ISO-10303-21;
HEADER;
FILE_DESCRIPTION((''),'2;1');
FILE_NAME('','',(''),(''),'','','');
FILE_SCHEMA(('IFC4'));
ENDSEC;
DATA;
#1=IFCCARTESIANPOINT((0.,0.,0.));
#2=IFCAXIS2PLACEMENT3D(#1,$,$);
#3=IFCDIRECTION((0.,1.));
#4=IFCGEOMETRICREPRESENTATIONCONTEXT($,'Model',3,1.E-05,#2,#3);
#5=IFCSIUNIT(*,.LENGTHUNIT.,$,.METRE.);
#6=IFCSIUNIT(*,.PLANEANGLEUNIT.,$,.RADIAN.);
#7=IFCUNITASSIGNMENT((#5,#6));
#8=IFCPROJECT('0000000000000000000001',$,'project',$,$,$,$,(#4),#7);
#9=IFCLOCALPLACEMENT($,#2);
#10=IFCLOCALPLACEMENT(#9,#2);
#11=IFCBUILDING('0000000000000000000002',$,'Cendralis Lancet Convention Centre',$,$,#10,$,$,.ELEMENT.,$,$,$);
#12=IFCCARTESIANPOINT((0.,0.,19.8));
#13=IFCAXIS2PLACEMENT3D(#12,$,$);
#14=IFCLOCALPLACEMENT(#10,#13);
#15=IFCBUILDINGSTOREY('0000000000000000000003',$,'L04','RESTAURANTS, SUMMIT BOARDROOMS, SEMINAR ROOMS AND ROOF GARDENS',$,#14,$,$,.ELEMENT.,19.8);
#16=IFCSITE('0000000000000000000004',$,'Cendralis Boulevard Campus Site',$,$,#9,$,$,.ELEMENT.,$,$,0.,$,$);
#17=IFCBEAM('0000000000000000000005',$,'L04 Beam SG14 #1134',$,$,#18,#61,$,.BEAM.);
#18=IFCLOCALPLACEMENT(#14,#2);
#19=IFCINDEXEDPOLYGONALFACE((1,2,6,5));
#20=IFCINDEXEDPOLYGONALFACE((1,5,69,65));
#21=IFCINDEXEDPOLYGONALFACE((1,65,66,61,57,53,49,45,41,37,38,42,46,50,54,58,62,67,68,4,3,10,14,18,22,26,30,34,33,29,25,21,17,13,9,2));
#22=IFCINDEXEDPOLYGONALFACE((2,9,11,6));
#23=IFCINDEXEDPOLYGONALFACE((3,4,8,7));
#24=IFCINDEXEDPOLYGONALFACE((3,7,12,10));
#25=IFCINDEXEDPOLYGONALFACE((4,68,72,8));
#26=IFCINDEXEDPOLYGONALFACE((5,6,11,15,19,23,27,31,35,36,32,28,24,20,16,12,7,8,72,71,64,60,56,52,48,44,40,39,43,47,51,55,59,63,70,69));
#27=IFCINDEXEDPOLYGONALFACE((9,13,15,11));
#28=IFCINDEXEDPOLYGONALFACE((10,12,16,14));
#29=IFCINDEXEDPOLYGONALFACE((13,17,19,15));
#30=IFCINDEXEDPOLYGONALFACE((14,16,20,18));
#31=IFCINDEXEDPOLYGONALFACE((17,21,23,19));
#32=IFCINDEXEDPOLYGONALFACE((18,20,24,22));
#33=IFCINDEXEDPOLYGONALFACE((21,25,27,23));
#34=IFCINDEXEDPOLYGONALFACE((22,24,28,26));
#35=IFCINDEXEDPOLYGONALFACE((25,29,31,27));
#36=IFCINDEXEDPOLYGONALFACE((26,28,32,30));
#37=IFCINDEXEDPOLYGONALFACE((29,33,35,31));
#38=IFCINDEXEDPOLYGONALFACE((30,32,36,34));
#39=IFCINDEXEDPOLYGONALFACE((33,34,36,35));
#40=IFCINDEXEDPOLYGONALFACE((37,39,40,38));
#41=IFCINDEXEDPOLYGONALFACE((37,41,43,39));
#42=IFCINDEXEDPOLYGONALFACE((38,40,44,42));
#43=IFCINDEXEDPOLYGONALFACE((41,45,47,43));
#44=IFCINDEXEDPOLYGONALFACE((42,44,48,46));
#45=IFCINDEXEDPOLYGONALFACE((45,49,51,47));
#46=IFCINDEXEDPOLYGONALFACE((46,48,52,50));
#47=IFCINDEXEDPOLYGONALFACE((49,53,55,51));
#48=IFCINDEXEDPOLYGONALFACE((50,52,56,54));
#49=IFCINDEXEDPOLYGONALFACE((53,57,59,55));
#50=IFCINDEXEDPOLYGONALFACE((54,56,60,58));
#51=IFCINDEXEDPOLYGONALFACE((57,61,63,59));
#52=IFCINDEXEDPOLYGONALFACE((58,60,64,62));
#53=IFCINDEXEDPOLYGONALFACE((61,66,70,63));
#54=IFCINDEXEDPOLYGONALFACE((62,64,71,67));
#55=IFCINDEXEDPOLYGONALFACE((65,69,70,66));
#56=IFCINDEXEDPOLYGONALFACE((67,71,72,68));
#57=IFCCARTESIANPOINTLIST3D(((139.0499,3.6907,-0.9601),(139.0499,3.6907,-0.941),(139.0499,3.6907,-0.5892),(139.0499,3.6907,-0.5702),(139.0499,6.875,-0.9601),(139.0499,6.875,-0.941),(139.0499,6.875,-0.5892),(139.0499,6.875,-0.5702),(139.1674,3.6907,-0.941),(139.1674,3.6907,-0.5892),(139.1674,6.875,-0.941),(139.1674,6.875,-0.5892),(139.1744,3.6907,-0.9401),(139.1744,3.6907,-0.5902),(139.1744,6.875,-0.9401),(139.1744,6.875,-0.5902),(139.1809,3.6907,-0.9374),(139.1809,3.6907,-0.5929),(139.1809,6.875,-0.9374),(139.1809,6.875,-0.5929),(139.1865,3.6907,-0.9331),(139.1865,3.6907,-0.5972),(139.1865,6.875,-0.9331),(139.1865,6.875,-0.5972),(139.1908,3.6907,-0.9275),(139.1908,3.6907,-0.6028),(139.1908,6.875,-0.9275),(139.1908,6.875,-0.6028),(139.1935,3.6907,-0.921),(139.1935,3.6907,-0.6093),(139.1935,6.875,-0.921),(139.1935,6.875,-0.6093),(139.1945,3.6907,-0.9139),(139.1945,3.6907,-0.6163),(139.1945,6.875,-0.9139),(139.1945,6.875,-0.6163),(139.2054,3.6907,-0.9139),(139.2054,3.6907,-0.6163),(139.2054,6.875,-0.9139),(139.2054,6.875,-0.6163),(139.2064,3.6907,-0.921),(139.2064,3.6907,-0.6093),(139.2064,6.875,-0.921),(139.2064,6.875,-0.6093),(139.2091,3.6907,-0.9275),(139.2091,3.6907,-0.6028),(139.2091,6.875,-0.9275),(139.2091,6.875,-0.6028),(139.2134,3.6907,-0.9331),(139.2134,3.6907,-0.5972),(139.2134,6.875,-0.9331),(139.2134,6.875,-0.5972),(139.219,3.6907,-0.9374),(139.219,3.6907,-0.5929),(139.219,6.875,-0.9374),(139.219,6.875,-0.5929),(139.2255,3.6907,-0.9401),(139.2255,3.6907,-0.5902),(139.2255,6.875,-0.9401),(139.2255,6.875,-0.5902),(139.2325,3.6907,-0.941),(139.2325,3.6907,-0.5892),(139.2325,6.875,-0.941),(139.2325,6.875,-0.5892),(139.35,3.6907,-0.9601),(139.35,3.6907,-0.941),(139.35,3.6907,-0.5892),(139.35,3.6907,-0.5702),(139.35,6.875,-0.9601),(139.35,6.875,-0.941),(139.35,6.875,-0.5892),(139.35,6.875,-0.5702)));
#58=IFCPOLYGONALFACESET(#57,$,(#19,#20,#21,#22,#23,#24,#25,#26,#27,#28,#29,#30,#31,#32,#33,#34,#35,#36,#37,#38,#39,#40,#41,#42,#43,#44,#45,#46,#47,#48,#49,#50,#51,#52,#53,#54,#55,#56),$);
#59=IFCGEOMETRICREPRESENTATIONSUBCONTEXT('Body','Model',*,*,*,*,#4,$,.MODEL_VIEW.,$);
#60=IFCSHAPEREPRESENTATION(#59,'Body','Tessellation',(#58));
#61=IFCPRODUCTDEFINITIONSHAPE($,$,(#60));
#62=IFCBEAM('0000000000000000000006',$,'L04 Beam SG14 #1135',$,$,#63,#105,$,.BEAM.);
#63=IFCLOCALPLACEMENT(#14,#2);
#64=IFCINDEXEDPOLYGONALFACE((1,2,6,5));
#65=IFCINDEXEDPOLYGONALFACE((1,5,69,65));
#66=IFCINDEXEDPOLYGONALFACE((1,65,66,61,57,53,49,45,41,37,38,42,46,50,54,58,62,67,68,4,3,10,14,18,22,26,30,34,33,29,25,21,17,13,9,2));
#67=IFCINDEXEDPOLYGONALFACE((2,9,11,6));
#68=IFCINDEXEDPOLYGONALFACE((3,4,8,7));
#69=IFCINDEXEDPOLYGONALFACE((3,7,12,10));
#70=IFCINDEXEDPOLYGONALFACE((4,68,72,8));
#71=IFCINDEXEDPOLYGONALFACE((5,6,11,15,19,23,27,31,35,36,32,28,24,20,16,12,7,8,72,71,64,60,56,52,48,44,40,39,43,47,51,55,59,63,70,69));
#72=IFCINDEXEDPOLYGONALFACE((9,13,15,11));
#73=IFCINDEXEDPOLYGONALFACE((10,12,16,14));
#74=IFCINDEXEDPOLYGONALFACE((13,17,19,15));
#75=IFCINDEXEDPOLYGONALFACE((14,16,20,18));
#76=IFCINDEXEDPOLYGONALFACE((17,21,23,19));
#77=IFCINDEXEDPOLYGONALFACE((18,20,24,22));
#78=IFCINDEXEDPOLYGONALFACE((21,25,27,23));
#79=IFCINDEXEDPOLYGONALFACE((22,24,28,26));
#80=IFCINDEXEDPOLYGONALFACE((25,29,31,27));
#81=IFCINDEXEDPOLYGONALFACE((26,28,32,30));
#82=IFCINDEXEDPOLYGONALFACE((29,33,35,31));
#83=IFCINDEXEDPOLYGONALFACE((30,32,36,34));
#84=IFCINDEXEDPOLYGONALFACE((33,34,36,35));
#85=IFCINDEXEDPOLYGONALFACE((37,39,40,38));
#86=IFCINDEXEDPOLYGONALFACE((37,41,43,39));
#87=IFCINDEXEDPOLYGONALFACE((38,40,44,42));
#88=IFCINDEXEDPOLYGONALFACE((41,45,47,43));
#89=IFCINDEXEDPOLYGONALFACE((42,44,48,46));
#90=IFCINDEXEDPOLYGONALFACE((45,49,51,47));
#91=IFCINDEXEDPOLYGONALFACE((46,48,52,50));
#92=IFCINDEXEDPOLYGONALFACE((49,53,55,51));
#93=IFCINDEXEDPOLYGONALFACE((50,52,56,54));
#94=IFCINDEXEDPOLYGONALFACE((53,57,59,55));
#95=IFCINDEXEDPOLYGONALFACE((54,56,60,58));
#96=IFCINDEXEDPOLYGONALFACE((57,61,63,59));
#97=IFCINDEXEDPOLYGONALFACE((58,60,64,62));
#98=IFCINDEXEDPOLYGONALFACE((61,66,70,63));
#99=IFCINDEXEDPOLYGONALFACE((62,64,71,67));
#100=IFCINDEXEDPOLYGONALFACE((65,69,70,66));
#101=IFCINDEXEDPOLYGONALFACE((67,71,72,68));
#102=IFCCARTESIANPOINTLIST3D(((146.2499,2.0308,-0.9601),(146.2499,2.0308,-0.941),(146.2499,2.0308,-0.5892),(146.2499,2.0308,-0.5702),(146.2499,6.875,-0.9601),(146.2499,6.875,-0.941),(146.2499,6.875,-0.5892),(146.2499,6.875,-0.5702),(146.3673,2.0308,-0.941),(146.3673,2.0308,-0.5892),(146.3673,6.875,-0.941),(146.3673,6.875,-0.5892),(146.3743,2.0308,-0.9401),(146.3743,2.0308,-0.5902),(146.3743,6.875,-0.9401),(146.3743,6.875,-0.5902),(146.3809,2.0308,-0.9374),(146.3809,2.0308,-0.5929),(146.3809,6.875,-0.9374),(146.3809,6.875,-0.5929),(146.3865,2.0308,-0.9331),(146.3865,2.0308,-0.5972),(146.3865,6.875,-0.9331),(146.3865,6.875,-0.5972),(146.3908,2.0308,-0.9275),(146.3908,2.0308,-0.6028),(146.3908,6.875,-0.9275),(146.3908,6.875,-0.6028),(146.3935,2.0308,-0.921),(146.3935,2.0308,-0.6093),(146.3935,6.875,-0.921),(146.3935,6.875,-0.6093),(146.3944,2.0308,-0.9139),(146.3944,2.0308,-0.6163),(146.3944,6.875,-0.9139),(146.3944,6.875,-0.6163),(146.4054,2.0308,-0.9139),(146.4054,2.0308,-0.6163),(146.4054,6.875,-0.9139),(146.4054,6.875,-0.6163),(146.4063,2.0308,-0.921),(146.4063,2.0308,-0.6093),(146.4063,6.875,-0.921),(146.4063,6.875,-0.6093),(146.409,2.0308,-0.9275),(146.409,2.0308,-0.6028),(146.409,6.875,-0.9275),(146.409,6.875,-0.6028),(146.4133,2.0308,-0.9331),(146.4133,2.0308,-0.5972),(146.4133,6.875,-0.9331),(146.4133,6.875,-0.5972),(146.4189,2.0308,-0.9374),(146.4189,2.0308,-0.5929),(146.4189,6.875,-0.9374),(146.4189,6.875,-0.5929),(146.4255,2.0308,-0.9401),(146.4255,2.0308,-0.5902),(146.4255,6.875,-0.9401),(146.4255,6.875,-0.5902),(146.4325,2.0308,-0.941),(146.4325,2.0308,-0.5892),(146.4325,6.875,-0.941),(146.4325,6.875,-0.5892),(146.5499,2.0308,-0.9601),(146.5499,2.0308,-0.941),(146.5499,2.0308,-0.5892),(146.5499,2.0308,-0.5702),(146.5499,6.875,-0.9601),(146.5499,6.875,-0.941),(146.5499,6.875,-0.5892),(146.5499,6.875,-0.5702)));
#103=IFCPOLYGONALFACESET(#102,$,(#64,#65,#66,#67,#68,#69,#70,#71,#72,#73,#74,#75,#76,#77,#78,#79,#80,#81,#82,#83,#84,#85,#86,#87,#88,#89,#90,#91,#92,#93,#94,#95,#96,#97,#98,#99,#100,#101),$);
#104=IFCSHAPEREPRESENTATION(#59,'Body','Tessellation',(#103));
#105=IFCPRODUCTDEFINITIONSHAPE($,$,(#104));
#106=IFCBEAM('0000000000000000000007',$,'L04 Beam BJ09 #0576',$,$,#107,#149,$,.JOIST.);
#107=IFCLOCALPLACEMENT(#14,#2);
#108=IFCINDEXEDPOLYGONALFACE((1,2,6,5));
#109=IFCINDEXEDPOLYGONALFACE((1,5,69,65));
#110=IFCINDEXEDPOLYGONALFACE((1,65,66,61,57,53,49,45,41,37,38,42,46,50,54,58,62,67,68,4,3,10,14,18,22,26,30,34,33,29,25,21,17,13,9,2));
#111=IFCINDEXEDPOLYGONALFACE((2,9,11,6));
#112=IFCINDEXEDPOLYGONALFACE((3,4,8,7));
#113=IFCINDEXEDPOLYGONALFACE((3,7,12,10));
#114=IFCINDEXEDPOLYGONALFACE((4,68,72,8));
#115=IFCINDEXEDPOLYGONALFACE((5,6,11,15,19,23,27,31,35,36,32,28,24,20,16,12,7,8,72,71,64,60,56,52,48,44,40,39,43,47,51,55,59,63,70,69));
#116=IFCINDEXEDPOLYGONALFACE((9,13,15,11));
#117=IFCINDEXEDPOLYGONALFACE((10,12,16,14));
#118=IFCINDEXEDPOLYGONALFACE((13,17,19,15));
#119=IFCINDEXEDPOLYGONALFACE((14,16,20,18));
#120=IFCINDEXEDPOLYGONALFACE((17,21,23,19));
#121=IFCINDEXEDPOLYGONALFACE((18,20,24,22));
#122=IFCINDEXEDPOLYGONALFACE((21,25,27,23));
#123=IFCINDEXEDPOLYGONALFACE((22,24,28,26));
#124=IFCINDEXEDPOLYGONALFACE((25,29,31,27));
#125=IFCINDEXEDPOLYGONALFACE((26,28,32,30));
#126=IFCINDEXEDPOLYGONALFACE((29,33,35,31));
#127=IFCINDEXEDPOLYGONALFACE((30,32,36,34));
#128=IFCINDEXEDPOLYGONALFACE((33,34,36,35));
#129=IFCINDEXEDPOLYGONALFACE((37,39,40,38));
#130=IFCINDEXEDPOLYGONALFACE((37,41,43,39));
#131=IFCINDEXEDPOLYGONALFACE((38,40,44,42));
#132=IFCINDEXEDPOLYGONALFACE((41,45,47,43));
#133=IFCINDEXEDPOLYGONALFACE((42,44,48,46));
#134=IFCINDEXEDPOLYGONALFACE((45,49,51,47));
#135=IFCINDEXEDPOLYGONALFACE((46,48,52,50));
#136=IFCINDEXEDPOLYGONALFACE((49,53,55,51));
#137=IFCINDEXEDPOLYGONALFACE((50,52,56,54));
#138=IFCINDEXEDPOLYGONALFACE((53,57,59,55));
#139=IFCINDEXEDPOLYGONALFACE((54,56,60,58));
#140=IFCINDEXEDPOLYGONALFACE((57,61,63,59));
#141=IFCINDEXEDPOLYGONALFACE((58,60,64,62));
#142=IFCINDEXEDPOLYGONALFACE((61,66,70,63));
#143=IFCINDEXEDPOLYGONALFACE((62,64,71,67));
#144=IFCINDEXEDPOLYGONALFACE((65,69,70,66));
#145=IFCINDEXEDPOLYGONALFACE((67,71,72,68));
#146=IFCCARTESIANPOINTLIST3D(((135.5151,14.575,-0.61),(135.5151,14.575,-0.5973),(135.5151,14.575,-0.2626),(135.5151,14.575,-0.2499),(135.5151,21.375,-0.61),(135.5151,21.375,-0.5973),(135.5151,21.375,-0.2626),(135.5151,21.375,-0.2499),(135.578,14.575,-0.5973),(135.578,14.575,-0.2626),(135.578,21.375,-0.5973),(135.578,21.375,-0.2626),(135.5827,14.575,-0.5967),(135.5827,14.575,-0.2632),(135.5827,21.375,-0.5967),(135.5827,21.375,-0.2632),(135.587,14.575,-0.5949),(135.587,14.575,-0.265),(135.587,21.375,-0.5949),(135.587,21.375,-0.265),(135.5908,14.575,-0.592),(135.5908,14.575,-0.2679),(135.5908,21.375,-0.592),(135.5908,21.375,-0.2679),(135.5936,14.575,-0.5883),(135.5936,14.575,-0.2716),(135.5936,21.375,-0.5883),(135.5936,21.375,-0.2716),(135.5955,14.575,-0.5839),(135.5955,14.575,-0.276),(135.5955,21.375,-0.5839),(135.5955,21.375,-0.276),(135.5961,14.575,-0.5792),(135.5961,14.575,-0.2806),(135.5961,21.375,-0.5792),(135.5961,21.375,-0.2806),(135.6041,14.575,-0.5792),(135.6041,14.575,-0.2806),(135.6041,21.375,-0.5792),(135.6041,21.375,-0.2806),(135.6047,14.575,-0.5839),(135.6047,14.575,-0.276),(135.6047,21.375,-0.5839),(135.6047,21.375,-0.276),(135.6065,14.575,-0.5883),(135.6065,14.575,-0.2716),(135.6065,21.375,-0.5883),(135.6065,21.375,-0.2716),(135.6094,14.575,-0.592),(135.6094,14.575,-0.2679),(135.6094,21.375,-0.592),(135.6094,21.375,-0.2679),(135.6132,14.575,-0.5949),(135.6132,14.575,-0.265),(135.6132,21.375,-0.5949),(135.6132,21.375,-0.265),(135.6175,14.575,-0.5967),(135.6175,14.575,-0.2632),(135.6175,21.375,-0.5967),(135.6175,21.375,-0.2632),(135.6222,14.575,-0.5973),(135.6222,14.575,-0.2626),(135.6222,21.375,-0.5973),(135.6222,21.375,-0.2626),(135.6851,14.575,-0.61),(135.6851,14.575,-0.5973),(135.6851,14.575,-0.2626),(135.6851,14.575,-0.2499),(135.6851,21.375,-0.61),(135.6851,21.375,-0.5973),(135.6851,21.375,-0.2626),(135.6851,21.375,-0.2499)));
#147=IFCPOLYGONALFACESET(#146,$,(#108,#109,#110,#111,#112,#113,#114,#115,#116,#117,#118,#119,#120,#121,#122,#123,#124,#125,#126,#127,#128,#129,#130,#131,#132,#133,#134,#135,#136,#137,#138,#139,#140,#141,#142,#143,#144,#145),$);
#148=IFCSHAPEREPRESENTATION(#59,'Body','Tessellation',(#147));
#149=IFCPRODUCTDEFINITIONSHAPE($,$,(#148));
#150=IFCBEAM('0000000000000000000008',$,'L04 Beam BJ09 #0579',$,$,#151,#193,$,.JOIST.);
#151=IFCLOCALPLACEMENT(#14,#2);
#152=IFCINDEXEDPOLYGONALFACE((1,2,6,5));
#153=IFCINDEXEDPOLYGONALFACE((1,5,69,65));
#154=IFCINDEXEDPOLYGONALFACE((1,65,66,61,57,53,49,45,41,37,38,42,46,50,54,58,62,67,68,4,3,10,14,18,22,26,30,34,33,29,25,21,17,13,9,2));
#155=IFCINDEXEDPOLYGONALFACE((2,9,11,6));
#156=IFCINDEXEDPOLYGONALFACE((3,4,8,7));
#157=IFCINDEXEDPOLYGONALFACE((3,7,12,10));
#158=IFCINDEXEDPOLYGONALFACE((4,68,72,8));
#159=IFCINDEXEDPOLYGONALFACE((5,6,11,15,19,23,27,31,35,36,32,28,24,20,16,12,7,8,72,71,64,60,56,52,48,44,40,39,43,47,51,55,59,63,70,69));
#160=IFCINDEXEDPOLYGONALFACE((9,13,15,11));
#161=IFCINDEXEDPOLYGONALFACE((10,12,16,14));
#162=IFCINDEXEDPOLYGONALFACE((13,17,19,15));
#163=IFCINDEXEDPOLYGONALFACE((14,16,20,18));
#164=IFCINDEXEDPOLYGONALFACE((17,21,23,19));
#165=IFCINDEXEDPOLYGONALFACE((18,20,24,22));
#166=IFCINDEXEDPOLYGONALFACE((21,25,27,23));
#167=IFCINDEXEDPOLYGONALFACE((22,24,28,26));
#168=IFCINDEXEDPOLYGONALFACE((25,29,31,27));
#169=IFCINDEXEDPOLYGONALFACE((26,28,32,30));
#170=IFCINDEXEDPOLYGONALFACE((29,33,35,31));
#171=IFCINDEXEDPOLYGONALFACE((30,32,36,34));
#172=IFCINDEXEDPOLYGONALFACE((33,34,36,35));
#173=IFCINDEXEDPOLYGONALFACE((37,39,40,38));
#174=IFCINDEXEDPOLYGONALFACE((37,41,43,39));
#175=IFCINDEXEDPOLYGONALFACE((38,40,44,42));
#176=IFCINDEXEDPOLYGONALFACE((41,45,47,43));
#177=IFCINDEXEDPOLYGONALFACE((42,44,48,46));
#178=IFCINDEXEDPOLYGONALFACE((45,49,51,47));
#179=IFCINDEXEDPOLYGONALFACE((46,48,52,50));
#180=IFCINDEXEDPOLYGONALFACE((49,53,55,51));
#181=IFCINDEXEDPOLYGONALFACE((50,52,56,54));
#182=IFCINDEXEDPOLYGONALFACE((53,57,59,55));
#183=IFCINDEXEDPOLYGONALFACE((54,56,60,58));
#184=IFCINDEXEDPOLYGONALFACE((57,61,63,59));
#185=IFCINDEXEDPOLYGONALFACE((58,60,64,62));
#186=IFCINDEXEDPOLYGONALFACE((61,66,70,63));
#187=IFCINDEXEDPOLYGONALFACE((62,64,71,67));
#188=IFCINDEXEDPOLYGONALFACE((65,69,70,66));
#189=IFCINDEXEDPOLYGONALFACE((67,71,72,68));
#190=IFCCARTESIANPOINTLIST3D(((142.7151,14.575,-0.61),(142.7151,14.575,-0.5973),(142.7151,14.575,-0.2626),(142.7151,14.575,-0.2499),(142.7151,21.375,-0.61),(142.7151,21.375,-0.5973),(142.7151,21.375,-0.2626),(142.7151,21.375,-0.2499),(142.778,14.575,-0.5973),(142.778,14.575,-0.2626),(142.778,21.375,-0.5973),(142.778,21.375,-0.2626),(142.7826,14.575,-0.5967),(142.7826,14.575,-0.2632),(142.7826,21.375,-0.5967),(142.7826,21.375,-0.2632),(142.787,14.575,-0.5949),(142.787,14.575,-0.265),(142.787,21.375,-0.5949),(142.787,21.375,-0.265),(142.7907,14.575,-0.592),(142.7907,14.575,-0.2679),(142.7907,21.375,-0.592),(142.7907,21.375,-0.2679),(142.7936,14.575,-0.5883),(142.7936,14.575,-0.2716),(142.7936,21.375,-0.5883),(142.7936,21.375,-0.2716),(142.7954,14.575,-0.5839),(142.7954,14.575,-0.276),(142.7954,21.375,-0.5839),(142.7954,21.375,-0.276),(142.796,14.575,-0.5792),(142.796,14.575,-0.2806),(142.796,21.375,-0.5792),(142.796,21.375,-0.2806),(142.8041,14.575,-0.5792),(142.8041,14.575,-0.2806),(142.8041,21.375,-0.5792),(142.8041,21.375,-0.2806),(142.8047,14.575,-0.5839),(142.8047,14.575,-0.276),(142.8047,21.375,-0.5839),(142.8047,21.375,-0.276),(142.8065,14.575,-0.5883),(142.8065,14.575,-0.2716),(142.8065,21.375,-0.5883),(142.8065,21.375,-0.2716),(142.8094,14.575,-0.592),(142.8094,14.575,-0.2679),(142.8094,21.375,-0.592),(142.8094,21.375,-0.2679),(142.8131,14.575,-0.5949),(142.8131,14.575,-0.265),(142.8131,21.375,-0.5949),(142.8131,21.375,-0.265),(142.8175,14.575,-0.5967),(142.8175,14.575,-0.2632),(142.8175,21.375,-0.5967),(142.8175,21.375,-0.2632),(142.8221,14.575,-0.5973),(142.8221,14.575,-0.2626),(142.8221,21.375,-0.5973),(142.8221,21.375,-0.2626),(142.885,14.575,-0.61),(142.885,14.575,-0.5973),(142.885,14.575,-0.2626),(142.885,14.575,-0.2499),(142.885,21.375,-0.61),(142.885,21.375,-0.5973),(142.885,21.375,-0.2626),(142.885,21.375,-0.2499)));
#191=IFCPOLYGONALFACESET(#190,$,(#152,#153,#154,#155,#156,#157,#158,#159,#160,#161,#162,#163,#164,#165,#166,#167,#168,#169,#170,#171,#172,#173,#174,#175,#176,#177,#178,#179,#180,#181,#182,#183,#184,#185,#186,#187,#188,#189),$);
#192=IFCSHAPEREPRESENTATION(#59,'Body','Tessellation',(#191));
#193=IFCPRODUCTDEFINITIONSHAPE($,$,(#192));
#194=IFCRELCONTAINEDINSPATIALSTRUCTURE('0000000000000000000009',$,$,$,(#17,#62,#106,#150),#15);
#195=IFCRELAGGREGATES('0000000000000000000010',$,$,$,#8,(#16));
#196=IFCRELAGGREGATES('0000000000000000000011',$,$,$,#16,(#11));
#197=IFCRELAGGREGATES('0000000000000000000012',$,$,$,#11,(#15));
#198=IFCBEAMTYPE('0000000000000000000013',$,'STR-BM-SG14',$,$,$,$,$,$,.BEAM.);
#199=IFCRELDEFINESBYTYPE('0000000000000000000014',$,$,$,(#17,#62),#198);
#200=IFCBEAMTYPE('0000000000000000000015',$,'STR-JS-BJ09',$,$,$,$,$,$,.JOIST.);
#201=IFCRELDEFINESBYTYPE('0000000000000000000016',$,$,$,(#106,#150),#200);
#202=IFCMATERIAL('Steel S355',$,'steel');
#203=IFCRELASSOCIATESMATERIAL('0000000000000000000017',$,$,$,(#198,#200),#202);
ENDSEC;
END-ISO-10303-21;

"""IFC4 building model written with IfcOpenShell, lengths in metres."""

from ifc_helpers import new_model, si_unit, direction, frame, origin, origin_2d, place, context, subcontext, project, spatial, i_section, extrude, material, material_profile, profile_set, type_object, element, save


model = new_model("IFC4")

# Units and contexts
model_context = context("Model", 3, precision=1e-05, world=origin(), true_north=direction((0.0, 1.0)))
body_context = subcontext(model_context, "Body", "Model", "MODEL_VIEW")
ifc_project = project(units=[si_unit("LENGTHUNIT", "METRE"), si_unit("PLANEANGLEUNIT", "RADIAN")], contexts=[model_context])

# Site, building, storey
site_placement = place(None, origin())
site = spatial("IfcSite", under=ifc_project, at=site_placement, Name="Cendralis Boulevard Campus Site", CompositionType="ELEMENT", RefElevation=0.0)
building_placement = place(site_placement, origin())
building = spatial("IfcBuilding", under=site, at=building_placement, Name="Cendralis Lancet Convention Centre", CompositionType="ELEMENT")
storey_placement = place(building_placement, frame((0.0, 0.0, 19.8)))
storey = spatial("IfcBuildingStorey", under=building, at=storey_placement, Name="L04", Description="RESTAURANTS, SUMMIT BOARDROOMS, SEMINAR ROOMS AND ROOF GARDENS", CompositionType="ELEMENT", Elevation=19.8)

# Beams
ifc_material_1 = material(Name="Steel S355", Category="steel")
ifc_material_profile_1 = material_profile(ifc_material_1, i_section(OverallWidth=0.3, OverallDepth=0.3899, WebThickness=0.011, FlangeThickness=0.019, FilletRadius=0.0271, at=origin_2d()), Name="HEA 400")
ifc_profile_set_1 = profile_set([ifc_material_profile_1], Name="Steel S355")
beam_type_1 = type_object("IfcBeamType", Name="STR-BM-SG14", PredefinedType="BEAM", material=ifc_profile_set_1)
beam_1_placement = place(storey_placement, frame((139.2, 3.6907, -0.7651), z_axis=(0.0, 1.0, 0.0), x_axis=(-1.0, 0.0, 0.0)))
element("IfcBeam", 1, at=beam_1_placement, inside=storey, type_object=beam_type_1, Name="L04 Beam SG14 #1134", PredefinedType="BEAM", context=body_context, shape_type="SweptSolid", body=[
    extrude(i_section(OverallWidth=0.3, OverallDepth=0.3899, WebThickness=0.011, FlangeThickness=0.019, FilletRadius=0.0271, at=origin_2d()), origin(), (0.0, 0.0, 1.0), 3.1843),
])
beam_2_placement = place(storey_placement, frame((146.3999, 2.0308, -0.7651), z_axis=(0.0, 1.0, 0.0), x_axis=(-1.0, 0.0, 0.0)))
element("IfcBeam", 2, at=beam_2_placement, inside=storey, type_object=beam_type_1, Name="L04 Beam SG14 #1135", PredefinedType="BEAM", context=body_context, shape_type="SweptSolid", body=[
    extrude(i_section(OverallWidth=0.3, OverallDepth=0.3899, WebThickness=0.011, FlangeThickness=0.019, FilletRadius=0.0271, at=origin_2d()), origin(), (0.0, 0.0, 1.0), 4.8442),
])
ifc_material_profile_2 = material_profile(ifc_material_1, i_section(OverallWidth=0.1699, OverallDepth=0.3601, WebThickness=0.0081, FlangeThickness=0.0127, FilletRadius=0.0181, at=origin_2d()), Name="IPE 360")
ifc_profile_set_2 = profile_set([ifc_material_profile_2], Name="Steel S355")
beam_type_2 = type_object("IfcBeamType", Name="STR-JS-BJ09", PredefinedType="JOIST", material=ifc_profile_set_2)
for number, where, z_axis, x_axis, name in (
    (3, (135.6001, 14.575, -0.4299), (0.0, 1.0, 0.0), (-1.0, 0.0, 0.0), "L04 Beam BJ09 #0576"),
    (4, (142.8, 14.575, -0.4299), (0.0, 1.0, 0.0), (-1.0, 0.0, 0.0), "L04 Beam BJ09 #0579"),
):
    element("IfcBeam", number, at=place(storey_placement, frame(where, z_axis=z_axis, x_axis=x_axis)), inside=storey, type_object=beam_type_2, Name=name, PredefinedType="JOIST", context=body_context, shape_type="SweptSolid", body=[
        extrude(i_section(OverallWidth=0.1699, OverallDepth=0.3601, WebThickness=0.0081, FlangeThickness=0.0127, FilletRadius=0.0181, at=origin_2d()), origin(), (0.0, 0.0, 1.0), 6.8),
    ])

save(model, "model.ifc")
